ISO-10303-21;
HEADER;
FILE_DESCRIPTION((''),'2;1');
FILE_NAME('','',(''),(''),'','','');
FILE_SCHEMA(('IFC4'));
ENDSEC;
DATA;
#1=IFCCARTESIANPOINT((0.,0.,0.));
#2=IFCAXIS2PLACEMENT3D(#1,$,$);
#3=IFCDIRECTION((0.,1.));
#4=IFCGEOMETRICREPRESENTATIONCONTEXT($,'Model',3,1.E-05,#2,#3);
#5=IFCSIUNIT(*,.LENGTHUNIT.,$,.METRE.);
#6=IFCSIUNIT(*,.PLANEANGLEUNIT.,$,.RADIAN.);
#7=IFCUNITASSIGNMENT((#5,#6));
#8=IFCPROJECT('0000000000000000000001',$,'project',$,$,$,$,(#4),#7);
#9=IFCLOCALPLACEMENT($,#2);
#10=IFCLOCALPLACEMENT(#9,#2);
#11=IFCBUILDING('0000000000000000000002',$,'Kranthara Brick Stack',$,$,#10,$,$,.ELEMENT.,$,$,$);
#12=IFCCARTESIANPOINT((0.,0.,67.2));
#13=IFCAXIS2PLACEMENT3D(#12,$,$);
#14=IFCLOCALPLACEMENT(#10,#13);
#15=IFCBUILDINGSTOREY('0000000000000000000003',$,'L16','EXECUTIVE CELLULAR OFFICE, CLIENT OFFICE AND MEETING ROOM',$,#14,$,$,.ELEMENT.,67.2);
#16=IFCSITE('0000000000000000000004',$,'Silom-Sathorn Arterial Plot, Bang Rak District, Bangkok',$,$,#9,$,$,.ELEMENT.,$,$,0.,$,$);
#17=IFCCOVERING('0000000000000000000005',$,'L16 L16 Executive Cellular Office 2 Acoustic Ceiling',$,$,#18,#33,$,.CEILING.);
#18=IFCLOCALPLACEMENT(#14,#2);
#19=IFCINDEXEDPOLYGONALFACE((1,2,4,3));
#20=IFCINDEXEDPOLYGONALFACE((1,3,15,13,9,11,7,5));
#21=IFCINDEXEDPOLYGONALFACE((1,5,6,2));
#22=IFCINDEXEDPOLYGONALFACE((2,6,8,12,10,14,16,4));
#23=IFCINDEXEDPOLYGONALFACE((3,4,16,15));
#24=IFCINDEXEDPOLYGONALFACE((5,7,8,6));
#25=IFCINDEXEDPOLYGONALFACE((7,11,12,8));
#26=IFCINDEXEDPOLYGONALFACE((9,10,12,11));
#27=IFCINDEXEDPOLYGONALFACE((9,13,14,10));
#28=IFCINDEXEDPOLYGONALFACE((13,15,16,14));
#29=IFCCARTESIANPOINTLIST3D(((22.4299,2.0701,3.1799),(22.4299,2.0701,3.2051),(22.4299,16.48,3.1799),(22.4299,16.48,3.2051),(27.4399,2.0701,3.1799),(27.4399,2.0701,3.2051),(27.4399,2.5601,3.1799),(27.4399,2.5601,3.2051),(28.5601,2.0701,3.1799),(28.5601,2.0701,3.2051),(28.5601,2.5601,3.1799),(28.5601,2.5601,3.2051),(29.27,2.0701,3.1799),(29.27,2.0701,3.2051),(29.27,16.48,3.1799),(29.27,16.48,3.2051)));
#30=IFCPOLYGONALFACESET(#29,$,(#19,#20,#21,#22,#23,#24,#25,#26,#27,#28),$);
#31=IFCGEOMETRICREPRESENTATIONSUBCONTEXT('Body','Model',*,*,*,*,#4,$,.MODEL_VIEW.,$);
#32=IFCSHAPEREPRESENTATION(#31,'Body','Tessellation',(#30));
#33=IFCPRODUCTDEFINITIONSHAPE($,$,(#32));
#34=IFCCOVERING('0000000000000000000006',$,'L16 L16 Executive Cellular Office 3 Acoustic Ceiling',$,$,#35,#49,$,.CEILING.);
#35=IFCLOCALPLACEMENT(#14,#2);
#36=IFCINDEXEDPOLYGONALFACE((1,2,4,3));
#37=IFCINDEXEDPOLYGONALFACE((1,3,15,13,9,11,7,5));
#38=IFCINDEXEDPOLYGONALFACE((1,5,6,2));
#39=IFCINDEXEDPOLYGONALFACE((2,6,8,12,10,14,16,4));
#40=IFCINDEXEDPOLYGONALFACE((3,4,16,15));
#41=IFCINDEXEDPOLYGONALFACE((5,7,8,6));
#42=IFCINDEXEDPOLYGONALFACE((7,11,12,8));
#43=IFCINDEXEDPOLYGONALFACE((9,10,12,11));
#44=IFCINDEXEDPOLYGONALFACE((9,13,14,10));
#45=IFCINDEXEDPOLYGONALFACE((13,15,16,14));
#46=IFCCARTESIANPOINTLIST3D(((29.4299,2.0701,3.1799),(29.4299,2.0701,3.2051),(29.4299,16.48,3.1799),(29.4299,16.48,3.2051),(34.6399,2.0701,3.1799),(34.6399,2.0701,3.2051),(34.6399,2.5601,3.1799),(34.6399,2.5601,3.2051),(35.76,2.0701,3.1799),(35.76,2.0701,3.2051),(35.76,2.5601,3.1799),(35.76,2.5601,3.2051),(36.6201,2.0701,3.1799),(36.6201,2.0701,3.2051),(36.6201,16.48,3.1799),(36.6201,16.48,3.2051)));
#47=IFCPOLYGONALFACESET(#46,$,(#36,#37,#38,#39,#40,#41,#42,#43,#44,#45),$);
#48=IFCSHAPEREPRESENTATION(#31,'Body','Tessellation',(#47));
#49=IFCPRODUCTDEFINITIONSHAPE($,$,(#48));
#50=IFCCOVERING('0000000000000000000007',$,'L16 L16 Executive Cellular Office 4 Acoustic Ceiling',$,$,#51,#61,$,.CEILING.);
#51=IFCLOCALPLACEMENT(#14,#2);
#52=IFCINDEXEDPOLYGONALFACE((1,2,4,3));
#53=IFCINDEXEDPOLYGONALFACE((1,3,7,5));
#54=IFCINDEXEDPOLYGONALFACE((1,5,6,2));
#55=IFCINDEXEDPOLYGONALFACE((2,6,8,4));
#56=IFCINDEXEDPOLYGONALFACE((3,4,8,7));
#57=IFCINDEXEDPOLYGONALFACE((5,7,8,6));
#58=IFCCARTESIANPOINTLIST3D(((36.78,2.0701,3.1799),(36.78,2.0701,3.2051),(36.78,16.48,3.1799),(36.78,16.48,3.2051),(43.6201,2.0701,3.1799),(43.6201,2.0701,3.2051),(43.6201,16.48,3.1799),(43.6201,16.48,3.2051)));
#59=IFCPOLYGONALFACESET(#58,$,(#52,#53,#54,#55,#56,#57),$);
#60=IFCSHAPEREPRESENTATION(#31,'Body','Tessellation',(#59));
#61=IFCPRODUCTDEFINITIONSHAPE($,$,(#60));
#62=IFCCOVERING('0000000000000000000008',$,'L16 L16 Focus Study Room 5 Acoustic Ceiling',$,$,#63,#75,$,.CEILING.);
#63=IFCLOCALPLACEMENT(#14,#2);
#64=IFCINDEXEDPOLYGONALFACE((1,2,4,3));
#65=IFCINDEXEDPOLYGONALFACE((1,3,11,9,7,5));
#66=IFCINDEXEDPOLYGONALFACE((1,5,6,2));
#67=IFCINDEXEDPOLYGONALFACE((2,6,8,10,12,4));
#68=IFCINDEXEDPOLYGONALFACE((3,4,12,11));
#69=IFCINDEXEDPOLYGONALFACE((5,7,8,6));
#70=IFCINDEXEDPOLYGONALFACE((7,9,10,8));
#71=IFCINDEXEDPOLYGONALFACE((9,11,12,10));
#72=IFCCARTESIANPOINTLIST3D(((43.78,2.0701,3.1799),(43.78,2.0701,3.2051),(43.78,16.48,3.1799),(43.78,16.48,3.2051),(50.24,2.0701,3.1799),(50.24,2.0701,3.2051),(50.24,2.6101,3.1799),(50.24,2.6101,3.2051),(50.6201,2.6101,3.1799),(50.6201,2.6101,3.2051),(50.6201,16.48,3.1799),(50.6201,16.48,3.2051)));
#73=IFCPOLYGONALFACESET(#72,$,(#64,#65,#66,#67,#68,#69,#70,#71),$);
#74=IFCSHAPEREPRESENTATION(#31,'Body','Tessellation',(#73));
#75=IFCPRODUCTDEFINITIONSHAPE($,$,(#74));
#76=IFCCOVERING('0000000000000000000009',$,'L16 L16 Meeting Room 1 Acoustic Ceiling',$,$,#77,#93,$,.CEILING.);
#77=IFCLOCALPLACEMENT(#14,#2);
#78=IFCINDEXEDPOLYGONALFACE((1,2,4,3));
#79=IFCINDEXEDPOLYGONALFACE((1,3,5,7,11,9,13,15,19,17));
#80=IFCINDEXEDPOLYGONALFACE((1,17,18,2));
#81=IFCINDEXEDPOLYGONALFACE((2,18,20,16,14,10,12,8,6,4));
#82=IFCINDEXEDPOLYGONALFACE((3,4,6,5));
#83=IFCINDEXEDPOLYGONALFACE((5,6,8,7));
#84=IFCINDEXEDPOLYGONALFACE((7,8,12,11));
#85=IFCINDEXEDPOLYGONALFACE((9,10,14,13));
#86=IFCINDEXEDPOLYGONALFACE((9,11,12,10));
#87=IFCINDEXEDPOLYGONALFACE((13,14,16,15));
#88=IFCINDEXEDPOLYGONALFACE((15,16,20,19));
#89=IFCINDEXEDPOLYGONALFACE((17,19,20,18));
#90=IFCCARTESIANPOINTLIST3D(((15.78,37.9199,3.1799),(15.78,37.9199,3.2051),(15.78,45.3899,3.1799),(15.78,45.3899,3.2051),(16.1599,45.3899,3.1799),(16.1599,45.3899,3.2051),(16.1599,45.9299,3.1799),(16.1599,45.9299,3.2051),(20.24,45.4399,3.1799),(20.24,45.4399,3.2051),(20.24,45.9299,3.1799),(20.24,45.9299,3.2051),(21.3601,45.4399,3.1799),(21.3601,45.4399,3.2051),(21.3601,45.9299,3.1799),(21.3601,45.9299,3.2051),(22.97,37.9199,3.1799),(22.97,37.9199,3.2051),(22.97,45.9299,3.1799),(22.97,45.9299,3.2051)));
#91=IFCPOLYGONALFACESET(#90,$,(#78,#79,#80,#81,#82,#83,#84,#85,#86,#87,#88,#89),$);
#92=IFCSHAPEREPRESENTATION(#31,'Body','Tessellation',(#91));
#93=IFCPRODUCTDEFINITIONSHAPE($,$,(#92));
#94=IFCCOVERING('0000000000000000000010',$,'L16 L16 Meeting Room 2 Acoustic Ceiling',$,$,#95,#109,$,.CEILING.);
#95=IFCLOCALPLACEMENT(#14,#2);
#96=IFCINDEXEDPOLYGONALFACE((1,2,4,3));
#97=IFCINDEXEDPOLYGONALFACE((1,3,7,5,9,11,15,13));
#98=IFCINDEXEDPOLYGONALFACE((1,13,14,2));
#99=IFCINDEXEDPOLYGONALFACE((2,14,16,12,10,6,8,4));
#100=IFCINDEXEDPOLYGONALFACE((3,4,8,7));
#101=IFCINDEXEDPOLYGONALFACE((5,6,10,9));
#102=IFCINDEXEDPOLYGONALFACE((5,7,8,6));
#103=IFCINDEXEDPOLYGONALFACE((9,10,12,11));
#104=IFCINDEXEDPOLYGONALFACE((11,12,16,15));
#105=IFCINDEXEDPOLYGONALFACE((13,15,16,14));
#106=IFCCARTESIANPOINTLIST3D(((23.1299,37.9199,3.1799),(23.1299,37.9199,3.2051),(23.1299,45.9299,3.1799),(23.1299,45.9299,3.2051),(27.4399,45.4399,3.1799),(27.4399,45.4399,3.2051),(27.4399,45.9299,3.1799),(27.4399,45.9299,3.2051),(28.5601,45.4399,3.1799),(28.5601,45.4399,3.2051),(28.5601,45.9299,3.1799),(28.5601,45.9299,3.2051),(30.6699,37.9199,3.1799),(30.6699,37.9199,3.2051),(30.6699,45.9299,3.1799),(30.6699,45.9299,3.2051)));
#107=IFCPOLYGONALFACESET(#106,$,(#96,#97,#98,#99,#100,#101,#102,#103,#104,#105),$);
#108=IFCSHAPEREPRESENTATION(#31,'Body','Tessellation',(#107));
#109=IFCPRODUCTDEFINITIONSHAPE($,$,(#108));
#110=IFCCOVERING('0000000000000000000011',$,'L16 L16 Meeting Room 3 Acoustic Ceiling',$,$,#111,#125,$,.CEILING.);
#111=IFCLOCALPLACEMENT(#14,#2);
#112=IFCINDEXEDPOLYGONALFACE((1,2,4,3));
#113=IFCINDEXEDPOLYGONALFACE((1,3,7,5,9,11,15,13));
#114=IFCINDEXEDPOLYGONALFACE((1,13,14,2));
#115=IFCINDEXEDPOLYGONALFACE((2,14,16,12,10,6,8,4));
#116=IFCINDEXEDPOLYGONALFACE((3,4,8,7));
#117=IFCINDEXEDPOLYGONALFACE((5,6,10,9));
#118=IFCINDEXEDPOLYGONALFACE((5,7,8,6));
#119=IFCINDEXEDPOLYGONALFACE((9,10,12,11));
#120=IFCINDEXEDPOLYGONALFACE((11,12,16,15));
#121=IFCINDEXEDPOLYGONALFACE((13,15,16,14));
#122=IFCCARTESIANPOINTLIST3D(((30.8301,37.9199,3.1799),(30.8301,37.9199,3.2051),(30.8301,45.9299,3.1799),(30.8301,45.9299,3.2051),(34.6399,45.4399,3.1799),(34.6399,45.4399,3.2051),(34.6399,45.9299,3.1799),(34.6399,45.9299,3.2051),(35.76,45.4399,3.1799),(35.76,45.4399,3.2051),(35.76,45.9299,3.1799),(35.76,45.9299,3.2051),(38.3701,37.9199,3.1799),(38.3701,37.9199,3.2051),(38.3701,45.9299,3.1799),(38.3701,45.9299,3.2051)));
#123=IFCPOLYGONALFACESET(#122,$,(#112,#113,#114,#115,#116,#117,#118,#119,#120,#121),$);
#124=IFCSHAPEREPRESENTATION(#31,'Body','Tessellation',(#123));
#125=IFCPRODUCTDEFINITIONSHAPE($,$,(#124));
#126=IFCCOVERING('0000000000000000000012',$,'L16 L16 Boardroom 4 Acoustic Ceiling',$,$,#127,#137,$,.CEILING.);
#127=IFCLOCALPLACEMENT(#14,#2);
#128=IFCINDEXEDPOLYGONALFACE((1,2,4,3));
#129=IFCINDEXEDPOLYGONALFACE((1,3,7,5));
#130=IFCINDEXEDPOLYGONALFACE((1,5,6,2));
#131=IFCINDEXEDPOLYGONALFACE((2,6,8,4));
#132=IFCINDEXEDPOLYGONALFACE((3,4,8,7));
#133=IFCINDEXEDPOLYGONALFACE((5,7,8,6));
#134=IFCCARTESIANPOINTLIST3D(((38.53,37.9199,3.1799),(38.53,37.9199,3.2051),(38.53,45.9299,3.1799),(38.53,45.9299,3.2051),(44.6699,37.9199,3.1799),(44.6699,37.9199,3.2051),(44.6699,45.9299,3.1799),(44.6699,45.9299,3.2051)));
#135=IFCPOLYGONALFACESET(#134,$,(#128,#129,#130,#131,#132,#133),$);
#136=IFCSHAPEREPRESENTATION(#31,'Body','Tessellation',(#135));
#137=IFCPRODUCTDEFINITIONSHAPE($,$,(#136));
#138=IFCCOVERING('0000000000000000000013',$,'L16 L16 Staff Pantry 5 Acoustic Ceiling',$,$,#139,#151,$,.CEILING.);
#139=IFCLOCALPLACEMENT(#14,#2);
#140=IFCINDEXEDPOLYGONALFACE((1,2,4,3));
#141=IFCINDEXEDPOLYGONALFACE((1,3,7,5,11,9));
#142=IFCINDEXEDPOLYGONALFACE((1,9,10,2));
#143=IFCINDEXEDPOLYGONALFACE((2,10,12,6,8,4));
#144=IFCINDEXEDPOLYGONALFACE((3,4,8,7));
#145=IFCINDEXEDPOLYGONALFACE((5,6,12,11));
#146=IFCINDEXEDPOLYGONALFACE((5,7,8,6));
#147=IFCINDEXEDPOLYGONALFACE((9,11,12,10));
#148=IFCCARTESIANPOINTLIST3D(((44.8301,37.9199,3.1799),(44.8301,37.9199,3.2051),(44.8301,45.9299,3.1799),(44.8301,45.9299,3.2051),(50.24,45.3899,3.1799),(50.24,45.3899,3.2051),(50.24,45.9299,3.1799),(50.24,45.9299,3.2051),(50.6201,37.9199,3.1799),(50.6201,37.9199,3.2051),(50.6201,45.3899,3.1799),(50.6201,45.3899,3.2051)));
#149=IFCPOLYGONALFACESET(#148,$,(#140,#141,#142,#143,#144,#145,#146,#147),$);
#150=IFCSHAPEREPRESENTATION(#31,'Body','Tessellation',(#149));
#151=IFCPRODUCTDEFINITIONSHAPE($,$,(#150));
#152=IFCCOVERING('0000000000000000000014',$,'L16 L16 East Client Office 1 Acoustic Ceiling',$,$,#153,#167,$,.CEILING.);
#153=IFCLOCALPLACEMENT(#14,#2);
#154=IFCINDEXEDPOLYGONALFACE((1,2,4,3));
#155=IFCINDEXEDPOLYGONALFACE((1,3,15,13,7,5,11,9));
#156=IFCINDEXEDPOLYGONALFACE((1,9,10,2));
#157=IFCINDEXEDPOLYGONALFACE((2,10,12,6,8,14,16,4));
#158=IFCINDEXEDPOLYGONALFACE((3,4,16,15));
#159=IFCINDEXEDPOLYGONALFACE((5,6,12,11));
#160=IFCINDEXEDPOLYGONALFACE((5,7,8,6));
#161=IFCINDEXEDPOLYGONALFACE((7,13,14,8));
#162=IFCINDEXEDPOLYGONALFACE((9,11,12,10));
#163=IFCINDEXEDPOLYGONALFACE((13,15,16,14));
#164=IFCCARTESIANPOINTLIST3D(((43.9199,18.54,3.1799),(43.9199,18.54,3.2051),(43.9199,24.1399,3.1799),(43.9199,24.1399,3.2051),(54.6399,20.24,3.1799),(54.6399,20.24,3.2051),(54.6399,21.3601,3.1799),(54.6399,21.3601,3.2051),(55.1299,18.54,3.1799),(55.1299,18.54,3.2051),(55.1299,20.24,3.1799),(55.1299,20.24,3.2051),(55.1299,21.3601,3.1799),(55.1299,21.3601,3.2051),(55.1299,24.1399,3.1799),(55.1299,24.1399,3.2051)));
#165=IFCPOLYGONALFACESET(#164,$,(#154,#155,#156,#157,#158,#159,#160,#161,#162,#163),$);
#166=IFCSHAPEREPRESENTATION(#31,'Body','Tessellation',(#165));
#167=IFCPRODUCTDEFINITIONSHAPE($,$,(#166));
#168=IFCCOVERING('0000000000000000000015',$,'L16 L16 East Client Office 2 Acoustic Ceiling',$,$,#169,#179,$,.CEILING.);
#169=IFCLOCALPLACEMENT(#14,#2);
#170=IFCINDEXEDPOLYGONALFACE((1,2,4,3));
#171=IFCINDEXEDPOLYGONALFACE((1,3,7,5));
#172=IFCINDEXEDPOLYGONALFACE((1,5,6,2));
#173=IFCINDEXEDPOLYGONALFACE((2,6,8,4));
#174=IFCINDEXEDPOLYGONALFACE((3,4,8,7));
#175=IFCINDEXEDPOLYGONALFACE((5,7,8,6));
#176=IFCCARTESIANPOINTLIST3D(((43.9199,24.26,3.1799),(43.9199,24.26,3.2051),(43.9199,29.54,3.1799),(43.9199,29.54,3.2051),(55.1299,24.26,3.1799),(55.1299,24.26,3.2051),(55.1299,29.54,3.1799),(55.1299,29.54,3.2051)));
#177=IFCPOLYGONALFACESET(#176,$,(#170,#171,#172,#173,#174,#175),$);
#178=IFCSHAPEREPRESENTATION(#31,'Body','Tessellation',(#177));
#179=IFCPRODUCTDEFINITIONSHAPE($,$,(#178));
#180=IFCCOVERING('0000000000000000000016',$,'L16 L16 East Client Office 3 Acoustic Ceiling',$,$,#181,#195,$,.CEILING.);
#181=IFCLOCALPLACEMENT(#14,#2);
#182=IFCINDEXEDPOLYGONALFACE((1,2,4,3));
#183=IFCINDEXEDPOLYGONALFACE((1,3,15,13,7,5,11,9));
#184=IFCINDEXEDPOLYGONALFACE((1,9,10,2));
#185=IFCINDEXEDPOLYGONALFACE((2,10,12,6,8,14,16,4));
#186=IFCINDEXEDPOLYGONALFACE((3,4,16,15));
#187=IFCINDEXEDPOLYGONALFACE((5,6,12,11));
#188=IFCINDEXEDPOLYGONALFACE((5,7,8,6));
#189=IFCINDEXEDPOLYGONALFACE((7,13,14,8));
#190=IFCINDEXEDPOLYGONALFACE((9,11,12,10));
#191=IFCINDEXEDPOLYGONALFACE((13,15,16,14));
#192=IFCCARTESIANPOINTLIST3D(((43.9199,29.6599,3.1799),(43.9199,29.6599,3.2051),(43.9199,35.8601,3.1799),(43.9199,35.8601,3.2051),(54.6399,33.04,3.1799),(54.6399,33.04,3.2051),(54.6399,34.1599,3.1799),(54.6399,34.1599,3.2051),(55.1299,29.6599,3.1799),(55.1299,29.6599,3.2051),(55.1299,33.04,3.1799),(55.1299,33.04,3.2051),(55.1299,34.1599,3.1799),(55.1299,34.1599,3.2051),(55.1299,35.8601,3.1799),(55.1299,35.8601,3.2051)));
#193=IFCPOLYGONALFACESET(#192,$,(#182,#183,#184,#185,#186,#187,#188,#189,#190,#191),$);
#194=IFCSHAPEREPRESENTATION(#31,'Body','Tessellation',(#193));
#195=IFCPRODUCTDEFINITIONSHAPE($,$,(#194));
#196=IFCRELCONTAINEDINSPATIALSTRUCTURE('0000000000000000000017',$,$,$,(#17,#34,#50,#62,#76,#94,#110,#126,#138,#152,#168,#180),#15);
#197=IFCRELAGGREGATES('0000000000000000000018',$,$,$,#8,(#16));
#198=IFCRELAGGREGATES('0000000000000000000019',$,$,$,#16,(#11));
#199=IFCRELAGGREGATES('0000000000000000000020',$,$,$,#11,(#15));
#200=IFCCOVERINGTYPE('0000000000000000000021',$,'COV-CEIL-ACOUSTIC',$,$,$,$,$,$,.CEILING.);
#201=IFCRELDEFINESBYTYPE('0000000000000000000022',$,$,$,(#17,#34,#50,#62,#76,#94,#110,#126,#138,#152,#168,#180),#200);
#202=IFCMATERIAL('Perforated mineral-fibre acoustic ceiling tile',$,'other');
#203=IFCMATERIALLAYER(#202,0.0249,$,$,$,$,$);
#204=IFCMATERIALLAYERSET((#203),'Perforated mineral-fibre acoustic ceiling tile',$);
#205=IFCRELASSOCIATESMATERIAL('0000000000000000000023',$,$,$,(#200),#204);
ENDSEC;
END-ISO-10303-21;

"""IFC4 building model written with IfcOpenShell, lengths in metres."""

from ifc_helpers import new_model, si_unit, direction, frame, origin, place, context, subcontext, project, spatial, polyline, outline, extrude, material, layer, layer_set, type_object, element, save


model = new_model("IFC4")

# Units and contexts
model_context = context("Model", 3, precision=1e-05, world=origin(), true_north=direction((0.0, 1.0)))
body_context = subcontext(model_context, "Body", "Model", "MODEL_VIEW")
ifc_project = project(units=[si_unit("LENGTHUNIT", "METRE"), si_unit("PLANEANGLEUNIT", "RADIAN")], contexts=[model_context])

# Site, building, storey
site_placement = place(None, origin())
site = spatial("IfcSite", under=ifc_project, at=site_placement, Name="Silom-Sathorn Arterial Plot, Bang Rak District, Bangkok", CompositionType="ELEMENT", RefElevation=0.0)
building_placement = place(site_placement, origin())
building = spatial("IfcBuilding", under=site, at=building_placement, Name="Kranthara Brick Stack", CompositionType="ELEMENT")
storey_placement = place(building_placement, frame((0.0, 0.0, 67.2)))
storey = spatial("IfcBuildingStorey", under=building, at=storey_placement, Name="L16", Description="EXECUTIVE CELLULAR OFFICE, CLIENT OFFICE AND MEETING ROOM", CompositionType="ELEMENT", Elevation=67.2)

# Coverings
ifc_material_1 = material(Name="Perforated mineral-fibre acoustic ceiling tile", Category="other")
ifc_layer_1 = layer(ifc_material_1, 0.0249)
ifc_layer_set_1 = layer_set([ifc_layer_1], Name="Perforated mineral-fibre acoustic ceiling tile")
covering_type_1 = type_object("IfcCoveringType", Name="COV-CEIL-ACOUSTIC", PredefinedType="CEILING", material=ifc_layer_set_1)
covering_1_placement = place(storey_placement, frame((0.0, 0.0, 3.1799)))
element("IfcCovering", 1, at=covering_1_placement, inside=storey, type_object=covering_type_1, Name="L16 L16 Executive Cellular Office 2 Acoustic Ceiling", PredefinedType="CEILING", context=body_context, shape_type="SweptSolid", body=[
    extrude(outline(polyline([(22.4299, 2.0701), (22.4299, 16.48), (29.27, 16.48), (29.27, 2.0701), (28.5601, 2.0701), (28.5601, 2.5601), (27.4399, 2.5601), (27.4399, 2.0701), (22.4299, 2.0701)])), origin(), (0.0, 0.0, 1.0), 0.0251),
])
covering_2_placement = place(storey_placement, frame((0.0, 0.0, 3.1799)))
element("IfcCovering", 2, at=covering_2_placement, inside=storey, type_object=covering_type_1, Name="L16 L16 Executive Cellular Office 3 Acoustic Ceiling", PredefinedType="CEILING", context=body_context, shape_type="SweptSolid", body=[
    extrude(outline(polyline([(29.4299, 2.0701), (29.4299, 16.48), (36.6201, 16.48), (36.6201, 2.0701), (35.76, 2.0701), (35.76, 2.5601), (34.6399, 2.5601), (34.6399, 2.0701), (29.4299, 2.0701)])), origin(), (0.0, 0.0, 1.0), 0.0251),
])
covering_3_placement = place(storey_placement, frame((0.0, 0.0, 3.1799)))
element("IfcCovering", 3, at=covering_3_placement, inside=storey, type_object=covering_type_1, Name="L16 L16 Executive Cellular Office 4 Acoustic Ceiling", PredefinedType="CEILING", context=body_context, shape_type="SweptSolid", body=[
    extrude(outline(polyline([(43.6201, 2.0701), (43.6201, 16.48), (36.78, 16.48), (36.78, 2.0701), (43.6201, 2.0701)])), origin(), (0.0, 0.0, 1.0), 0.0251),
])
covering_4_placement = place(storey_placement, frame((0.0, 0.0, 3.1799)))
element("IfcCovering", 4, at=covering_4_placement, inside=storey, type_object=covering_type_1, Name="L16 L16 Focus Study Room 5 Acoustic Ceiling", PredefinedType="CEILING", context=body_context, shape_type="SweptSolid", body=[
    extrude(outline(polyline([(43.78, 2.0701), (43.78, 16.48), (50.6201, 16.48), (50.6201, 2.6101), (50.24, 2.6101), (50.24, 2.0701), (43.78, 2.0701)])), origin(), (0.0, 0.0, 1.0), 0.0251),
])
covering_5_placement = place(storey_placement, frame((0.0, 0.0, 3.1799)))
element("IfcCovering", 5, at=covering_5_placement, inside=storey, type_object=covering_type_1, Name="L16 L16 Meeting Room 1 Acoustic Ceiling", PredefinedType="CEILING", context=body_context, shape_type="SweptSolid", body=[
    extrude(outline(polyline([(22.97, 37.9199), (15.78, 37.9199), (15.78, 45.3899), (16.1599, 45.3899), (16.1599, 45.9299), (20.24, 45.9299), (20.24, 45.4399), (21.3601, 45.4399), (21.3601, 45.9299), (22.97, 45.9299), (22.97, 37.9199)])), origin(), (0.0, 0.0, 1.0), 0.0251),
])
covering_6_placement = place(storey_placement, frame((0.0, 0.0, 3.1799)))
element("IfcCovering", 6, at=covering_6_placement, inside=storey, type_object=covering_type_1, Name="L16 L16 Meeting Room 2 Acoustic Ceiling", PredefinedType="CEILING", context=body_context, shape_type="SweptSolid", body=[
    extrude(outline(polyline([(30.6699, 45.9299), (30.6699, 37.9199), (23.1299, 37.9199), (23.1299, 45.9299), (27.4399, 45.9299), (27.4399, 45.4399), (28.5601, 45.4399), (28.5601, 45.9299), (30.6699, 45.9299)])), origin(), (0.0, 0.0, 1.0), 0.0251),
])
covering_7_placement = place(storey_placement, frame((0.0, 0.0, 3.1799)))
element("IfcCovering", 7, at=covering_7_placement, inside=storey, type_object=covering_type_1, Name="L16 L16 Meeting Room 3 Acoustic Ceiling", PredefinedType="CEILING", context=body_context, shape_type="SweptSolid", body=[
    extrude(outline(polyline([(38.3701, 45.9299), (38.3701, 37.9199), (30.8301, 37.9199), (30.8301, 45.9299), (34.6399, 45.9299), (34.6399, 45.4399), (35.76, 45.4399), (35.76, 45.9299), (38.3701, 45.9299)])), origin(), (0.0, 0.0, 1.0), 0.0251),
])
covering_8_placement = place(storey_placement, frame((0.0, 0.0, 3.1799)))
element("IfcCovering", 8, at=covering_8_placement, inside=storey, type_object=covering_type_1, Name="L16 L16 Boardroom 4 Acoustic Ceiling", PredefinedType="CEILING", context=body_context, shape_type="SweptSolid", body=[
    extrude(outline(polyline([(44.6699, 37.9199), (44.6699, 45.9299), (38.53, 45.9299), (38.53, 37.9199), (44.6699, 37.9199)])), origin(), (0.0, 0.0, 1.0), 0.0251),
])
covering_9_placement = place(storey_placement, frame((0.0, 0.0, 3.1799)))
element("IfcCovering", 9, at=covering_9_placement, inside=storey, type_object=covering_type_1, Name="L16 L16 Staff Pantry 5 Acoustic Ceiling", PredefinedType="CEILING", context=body_context, shape_type="SweptSolid", body=[
    extrude(outline(polyline([(50.6201, 37.9199), (44.8301, 37.9199), (44.8301, 45.9299), (50.24, 45.9299), (50.24, 45.3899), (50.6201, 45.3899), (50.6201, 37.9199)])), origin(), (0.0, 0.0, 1.0), 0.0251),
])
covering_10_placement = place(storey_placement, frame((0.0, 0.0, 3.1799)))
element("IfcCovering", 10, at=covering_10_placement, inside=storey, type_object=covering_type_1, Name="L16 L16 East Client Office 1 Acoustic Ceiling", PredefinedType="CEILING", context=body_context, shape_type="SweptSolid", body=[
    extrude(outline(polyline([(55.1299, 18.54), (43.9199, 18.54), (43.9199, 24.1399), (55.1299, 24.1399), (55.1299, 21.3601), (54.6399, 21.3601), (54.6399, 20.24), (55.1299, 20.24), (55.1299, 18.54)])), origin(), (0.0, 0.0, 1.0), 0.0251),
])
covering_11_placement = place(storey_placement, frame((0.0, 0.0, 3.1799)))
element("IfcCovering", 11, at=covering_11_placement, inside=storey, type_object=covering_type_1, Name="L16 L16 East Client Office 2 Acoustic Ceiling", PredefinedType="CEILING", context=body_context, shape_type="SweptSolid", body=[
    extrude(outline(polyline([(55.1299, 24.26), (55.1299, 29.54), (43.9199, 29.54), (43.9199, 24.26), (55.1299, 24.26)])), origin(), (0.0, 0.0, 1.0), 0.0251),
])
covering_12_placement = place(storey_placement, frame((0.0, 0.0, 3.1799)))
element("IfcCovering", 12, at=covering_12_placement, inside=storey, type_object=covering_type_1, Name="L16 L16 East Client Office 3 Acoustic Ceiling", PredefinedType="CEILING", context=body_context, shape_type="SweptSolid", body=[
    extrude(outline(polyline([(55.1299, 29.6599), (43.9199, 29.6599), (43.9199, 35.8601), (55.1299, 35.8601), (55.1299, 34.1599), (54.6399, 34.1599), (54.6399, 33.04), (55.1299, 33.04), (55.1299, 29.6599)])), origin(), (0.0, 0.0, 1.0), 0.0251),
])

save(model, "model.ifc")
